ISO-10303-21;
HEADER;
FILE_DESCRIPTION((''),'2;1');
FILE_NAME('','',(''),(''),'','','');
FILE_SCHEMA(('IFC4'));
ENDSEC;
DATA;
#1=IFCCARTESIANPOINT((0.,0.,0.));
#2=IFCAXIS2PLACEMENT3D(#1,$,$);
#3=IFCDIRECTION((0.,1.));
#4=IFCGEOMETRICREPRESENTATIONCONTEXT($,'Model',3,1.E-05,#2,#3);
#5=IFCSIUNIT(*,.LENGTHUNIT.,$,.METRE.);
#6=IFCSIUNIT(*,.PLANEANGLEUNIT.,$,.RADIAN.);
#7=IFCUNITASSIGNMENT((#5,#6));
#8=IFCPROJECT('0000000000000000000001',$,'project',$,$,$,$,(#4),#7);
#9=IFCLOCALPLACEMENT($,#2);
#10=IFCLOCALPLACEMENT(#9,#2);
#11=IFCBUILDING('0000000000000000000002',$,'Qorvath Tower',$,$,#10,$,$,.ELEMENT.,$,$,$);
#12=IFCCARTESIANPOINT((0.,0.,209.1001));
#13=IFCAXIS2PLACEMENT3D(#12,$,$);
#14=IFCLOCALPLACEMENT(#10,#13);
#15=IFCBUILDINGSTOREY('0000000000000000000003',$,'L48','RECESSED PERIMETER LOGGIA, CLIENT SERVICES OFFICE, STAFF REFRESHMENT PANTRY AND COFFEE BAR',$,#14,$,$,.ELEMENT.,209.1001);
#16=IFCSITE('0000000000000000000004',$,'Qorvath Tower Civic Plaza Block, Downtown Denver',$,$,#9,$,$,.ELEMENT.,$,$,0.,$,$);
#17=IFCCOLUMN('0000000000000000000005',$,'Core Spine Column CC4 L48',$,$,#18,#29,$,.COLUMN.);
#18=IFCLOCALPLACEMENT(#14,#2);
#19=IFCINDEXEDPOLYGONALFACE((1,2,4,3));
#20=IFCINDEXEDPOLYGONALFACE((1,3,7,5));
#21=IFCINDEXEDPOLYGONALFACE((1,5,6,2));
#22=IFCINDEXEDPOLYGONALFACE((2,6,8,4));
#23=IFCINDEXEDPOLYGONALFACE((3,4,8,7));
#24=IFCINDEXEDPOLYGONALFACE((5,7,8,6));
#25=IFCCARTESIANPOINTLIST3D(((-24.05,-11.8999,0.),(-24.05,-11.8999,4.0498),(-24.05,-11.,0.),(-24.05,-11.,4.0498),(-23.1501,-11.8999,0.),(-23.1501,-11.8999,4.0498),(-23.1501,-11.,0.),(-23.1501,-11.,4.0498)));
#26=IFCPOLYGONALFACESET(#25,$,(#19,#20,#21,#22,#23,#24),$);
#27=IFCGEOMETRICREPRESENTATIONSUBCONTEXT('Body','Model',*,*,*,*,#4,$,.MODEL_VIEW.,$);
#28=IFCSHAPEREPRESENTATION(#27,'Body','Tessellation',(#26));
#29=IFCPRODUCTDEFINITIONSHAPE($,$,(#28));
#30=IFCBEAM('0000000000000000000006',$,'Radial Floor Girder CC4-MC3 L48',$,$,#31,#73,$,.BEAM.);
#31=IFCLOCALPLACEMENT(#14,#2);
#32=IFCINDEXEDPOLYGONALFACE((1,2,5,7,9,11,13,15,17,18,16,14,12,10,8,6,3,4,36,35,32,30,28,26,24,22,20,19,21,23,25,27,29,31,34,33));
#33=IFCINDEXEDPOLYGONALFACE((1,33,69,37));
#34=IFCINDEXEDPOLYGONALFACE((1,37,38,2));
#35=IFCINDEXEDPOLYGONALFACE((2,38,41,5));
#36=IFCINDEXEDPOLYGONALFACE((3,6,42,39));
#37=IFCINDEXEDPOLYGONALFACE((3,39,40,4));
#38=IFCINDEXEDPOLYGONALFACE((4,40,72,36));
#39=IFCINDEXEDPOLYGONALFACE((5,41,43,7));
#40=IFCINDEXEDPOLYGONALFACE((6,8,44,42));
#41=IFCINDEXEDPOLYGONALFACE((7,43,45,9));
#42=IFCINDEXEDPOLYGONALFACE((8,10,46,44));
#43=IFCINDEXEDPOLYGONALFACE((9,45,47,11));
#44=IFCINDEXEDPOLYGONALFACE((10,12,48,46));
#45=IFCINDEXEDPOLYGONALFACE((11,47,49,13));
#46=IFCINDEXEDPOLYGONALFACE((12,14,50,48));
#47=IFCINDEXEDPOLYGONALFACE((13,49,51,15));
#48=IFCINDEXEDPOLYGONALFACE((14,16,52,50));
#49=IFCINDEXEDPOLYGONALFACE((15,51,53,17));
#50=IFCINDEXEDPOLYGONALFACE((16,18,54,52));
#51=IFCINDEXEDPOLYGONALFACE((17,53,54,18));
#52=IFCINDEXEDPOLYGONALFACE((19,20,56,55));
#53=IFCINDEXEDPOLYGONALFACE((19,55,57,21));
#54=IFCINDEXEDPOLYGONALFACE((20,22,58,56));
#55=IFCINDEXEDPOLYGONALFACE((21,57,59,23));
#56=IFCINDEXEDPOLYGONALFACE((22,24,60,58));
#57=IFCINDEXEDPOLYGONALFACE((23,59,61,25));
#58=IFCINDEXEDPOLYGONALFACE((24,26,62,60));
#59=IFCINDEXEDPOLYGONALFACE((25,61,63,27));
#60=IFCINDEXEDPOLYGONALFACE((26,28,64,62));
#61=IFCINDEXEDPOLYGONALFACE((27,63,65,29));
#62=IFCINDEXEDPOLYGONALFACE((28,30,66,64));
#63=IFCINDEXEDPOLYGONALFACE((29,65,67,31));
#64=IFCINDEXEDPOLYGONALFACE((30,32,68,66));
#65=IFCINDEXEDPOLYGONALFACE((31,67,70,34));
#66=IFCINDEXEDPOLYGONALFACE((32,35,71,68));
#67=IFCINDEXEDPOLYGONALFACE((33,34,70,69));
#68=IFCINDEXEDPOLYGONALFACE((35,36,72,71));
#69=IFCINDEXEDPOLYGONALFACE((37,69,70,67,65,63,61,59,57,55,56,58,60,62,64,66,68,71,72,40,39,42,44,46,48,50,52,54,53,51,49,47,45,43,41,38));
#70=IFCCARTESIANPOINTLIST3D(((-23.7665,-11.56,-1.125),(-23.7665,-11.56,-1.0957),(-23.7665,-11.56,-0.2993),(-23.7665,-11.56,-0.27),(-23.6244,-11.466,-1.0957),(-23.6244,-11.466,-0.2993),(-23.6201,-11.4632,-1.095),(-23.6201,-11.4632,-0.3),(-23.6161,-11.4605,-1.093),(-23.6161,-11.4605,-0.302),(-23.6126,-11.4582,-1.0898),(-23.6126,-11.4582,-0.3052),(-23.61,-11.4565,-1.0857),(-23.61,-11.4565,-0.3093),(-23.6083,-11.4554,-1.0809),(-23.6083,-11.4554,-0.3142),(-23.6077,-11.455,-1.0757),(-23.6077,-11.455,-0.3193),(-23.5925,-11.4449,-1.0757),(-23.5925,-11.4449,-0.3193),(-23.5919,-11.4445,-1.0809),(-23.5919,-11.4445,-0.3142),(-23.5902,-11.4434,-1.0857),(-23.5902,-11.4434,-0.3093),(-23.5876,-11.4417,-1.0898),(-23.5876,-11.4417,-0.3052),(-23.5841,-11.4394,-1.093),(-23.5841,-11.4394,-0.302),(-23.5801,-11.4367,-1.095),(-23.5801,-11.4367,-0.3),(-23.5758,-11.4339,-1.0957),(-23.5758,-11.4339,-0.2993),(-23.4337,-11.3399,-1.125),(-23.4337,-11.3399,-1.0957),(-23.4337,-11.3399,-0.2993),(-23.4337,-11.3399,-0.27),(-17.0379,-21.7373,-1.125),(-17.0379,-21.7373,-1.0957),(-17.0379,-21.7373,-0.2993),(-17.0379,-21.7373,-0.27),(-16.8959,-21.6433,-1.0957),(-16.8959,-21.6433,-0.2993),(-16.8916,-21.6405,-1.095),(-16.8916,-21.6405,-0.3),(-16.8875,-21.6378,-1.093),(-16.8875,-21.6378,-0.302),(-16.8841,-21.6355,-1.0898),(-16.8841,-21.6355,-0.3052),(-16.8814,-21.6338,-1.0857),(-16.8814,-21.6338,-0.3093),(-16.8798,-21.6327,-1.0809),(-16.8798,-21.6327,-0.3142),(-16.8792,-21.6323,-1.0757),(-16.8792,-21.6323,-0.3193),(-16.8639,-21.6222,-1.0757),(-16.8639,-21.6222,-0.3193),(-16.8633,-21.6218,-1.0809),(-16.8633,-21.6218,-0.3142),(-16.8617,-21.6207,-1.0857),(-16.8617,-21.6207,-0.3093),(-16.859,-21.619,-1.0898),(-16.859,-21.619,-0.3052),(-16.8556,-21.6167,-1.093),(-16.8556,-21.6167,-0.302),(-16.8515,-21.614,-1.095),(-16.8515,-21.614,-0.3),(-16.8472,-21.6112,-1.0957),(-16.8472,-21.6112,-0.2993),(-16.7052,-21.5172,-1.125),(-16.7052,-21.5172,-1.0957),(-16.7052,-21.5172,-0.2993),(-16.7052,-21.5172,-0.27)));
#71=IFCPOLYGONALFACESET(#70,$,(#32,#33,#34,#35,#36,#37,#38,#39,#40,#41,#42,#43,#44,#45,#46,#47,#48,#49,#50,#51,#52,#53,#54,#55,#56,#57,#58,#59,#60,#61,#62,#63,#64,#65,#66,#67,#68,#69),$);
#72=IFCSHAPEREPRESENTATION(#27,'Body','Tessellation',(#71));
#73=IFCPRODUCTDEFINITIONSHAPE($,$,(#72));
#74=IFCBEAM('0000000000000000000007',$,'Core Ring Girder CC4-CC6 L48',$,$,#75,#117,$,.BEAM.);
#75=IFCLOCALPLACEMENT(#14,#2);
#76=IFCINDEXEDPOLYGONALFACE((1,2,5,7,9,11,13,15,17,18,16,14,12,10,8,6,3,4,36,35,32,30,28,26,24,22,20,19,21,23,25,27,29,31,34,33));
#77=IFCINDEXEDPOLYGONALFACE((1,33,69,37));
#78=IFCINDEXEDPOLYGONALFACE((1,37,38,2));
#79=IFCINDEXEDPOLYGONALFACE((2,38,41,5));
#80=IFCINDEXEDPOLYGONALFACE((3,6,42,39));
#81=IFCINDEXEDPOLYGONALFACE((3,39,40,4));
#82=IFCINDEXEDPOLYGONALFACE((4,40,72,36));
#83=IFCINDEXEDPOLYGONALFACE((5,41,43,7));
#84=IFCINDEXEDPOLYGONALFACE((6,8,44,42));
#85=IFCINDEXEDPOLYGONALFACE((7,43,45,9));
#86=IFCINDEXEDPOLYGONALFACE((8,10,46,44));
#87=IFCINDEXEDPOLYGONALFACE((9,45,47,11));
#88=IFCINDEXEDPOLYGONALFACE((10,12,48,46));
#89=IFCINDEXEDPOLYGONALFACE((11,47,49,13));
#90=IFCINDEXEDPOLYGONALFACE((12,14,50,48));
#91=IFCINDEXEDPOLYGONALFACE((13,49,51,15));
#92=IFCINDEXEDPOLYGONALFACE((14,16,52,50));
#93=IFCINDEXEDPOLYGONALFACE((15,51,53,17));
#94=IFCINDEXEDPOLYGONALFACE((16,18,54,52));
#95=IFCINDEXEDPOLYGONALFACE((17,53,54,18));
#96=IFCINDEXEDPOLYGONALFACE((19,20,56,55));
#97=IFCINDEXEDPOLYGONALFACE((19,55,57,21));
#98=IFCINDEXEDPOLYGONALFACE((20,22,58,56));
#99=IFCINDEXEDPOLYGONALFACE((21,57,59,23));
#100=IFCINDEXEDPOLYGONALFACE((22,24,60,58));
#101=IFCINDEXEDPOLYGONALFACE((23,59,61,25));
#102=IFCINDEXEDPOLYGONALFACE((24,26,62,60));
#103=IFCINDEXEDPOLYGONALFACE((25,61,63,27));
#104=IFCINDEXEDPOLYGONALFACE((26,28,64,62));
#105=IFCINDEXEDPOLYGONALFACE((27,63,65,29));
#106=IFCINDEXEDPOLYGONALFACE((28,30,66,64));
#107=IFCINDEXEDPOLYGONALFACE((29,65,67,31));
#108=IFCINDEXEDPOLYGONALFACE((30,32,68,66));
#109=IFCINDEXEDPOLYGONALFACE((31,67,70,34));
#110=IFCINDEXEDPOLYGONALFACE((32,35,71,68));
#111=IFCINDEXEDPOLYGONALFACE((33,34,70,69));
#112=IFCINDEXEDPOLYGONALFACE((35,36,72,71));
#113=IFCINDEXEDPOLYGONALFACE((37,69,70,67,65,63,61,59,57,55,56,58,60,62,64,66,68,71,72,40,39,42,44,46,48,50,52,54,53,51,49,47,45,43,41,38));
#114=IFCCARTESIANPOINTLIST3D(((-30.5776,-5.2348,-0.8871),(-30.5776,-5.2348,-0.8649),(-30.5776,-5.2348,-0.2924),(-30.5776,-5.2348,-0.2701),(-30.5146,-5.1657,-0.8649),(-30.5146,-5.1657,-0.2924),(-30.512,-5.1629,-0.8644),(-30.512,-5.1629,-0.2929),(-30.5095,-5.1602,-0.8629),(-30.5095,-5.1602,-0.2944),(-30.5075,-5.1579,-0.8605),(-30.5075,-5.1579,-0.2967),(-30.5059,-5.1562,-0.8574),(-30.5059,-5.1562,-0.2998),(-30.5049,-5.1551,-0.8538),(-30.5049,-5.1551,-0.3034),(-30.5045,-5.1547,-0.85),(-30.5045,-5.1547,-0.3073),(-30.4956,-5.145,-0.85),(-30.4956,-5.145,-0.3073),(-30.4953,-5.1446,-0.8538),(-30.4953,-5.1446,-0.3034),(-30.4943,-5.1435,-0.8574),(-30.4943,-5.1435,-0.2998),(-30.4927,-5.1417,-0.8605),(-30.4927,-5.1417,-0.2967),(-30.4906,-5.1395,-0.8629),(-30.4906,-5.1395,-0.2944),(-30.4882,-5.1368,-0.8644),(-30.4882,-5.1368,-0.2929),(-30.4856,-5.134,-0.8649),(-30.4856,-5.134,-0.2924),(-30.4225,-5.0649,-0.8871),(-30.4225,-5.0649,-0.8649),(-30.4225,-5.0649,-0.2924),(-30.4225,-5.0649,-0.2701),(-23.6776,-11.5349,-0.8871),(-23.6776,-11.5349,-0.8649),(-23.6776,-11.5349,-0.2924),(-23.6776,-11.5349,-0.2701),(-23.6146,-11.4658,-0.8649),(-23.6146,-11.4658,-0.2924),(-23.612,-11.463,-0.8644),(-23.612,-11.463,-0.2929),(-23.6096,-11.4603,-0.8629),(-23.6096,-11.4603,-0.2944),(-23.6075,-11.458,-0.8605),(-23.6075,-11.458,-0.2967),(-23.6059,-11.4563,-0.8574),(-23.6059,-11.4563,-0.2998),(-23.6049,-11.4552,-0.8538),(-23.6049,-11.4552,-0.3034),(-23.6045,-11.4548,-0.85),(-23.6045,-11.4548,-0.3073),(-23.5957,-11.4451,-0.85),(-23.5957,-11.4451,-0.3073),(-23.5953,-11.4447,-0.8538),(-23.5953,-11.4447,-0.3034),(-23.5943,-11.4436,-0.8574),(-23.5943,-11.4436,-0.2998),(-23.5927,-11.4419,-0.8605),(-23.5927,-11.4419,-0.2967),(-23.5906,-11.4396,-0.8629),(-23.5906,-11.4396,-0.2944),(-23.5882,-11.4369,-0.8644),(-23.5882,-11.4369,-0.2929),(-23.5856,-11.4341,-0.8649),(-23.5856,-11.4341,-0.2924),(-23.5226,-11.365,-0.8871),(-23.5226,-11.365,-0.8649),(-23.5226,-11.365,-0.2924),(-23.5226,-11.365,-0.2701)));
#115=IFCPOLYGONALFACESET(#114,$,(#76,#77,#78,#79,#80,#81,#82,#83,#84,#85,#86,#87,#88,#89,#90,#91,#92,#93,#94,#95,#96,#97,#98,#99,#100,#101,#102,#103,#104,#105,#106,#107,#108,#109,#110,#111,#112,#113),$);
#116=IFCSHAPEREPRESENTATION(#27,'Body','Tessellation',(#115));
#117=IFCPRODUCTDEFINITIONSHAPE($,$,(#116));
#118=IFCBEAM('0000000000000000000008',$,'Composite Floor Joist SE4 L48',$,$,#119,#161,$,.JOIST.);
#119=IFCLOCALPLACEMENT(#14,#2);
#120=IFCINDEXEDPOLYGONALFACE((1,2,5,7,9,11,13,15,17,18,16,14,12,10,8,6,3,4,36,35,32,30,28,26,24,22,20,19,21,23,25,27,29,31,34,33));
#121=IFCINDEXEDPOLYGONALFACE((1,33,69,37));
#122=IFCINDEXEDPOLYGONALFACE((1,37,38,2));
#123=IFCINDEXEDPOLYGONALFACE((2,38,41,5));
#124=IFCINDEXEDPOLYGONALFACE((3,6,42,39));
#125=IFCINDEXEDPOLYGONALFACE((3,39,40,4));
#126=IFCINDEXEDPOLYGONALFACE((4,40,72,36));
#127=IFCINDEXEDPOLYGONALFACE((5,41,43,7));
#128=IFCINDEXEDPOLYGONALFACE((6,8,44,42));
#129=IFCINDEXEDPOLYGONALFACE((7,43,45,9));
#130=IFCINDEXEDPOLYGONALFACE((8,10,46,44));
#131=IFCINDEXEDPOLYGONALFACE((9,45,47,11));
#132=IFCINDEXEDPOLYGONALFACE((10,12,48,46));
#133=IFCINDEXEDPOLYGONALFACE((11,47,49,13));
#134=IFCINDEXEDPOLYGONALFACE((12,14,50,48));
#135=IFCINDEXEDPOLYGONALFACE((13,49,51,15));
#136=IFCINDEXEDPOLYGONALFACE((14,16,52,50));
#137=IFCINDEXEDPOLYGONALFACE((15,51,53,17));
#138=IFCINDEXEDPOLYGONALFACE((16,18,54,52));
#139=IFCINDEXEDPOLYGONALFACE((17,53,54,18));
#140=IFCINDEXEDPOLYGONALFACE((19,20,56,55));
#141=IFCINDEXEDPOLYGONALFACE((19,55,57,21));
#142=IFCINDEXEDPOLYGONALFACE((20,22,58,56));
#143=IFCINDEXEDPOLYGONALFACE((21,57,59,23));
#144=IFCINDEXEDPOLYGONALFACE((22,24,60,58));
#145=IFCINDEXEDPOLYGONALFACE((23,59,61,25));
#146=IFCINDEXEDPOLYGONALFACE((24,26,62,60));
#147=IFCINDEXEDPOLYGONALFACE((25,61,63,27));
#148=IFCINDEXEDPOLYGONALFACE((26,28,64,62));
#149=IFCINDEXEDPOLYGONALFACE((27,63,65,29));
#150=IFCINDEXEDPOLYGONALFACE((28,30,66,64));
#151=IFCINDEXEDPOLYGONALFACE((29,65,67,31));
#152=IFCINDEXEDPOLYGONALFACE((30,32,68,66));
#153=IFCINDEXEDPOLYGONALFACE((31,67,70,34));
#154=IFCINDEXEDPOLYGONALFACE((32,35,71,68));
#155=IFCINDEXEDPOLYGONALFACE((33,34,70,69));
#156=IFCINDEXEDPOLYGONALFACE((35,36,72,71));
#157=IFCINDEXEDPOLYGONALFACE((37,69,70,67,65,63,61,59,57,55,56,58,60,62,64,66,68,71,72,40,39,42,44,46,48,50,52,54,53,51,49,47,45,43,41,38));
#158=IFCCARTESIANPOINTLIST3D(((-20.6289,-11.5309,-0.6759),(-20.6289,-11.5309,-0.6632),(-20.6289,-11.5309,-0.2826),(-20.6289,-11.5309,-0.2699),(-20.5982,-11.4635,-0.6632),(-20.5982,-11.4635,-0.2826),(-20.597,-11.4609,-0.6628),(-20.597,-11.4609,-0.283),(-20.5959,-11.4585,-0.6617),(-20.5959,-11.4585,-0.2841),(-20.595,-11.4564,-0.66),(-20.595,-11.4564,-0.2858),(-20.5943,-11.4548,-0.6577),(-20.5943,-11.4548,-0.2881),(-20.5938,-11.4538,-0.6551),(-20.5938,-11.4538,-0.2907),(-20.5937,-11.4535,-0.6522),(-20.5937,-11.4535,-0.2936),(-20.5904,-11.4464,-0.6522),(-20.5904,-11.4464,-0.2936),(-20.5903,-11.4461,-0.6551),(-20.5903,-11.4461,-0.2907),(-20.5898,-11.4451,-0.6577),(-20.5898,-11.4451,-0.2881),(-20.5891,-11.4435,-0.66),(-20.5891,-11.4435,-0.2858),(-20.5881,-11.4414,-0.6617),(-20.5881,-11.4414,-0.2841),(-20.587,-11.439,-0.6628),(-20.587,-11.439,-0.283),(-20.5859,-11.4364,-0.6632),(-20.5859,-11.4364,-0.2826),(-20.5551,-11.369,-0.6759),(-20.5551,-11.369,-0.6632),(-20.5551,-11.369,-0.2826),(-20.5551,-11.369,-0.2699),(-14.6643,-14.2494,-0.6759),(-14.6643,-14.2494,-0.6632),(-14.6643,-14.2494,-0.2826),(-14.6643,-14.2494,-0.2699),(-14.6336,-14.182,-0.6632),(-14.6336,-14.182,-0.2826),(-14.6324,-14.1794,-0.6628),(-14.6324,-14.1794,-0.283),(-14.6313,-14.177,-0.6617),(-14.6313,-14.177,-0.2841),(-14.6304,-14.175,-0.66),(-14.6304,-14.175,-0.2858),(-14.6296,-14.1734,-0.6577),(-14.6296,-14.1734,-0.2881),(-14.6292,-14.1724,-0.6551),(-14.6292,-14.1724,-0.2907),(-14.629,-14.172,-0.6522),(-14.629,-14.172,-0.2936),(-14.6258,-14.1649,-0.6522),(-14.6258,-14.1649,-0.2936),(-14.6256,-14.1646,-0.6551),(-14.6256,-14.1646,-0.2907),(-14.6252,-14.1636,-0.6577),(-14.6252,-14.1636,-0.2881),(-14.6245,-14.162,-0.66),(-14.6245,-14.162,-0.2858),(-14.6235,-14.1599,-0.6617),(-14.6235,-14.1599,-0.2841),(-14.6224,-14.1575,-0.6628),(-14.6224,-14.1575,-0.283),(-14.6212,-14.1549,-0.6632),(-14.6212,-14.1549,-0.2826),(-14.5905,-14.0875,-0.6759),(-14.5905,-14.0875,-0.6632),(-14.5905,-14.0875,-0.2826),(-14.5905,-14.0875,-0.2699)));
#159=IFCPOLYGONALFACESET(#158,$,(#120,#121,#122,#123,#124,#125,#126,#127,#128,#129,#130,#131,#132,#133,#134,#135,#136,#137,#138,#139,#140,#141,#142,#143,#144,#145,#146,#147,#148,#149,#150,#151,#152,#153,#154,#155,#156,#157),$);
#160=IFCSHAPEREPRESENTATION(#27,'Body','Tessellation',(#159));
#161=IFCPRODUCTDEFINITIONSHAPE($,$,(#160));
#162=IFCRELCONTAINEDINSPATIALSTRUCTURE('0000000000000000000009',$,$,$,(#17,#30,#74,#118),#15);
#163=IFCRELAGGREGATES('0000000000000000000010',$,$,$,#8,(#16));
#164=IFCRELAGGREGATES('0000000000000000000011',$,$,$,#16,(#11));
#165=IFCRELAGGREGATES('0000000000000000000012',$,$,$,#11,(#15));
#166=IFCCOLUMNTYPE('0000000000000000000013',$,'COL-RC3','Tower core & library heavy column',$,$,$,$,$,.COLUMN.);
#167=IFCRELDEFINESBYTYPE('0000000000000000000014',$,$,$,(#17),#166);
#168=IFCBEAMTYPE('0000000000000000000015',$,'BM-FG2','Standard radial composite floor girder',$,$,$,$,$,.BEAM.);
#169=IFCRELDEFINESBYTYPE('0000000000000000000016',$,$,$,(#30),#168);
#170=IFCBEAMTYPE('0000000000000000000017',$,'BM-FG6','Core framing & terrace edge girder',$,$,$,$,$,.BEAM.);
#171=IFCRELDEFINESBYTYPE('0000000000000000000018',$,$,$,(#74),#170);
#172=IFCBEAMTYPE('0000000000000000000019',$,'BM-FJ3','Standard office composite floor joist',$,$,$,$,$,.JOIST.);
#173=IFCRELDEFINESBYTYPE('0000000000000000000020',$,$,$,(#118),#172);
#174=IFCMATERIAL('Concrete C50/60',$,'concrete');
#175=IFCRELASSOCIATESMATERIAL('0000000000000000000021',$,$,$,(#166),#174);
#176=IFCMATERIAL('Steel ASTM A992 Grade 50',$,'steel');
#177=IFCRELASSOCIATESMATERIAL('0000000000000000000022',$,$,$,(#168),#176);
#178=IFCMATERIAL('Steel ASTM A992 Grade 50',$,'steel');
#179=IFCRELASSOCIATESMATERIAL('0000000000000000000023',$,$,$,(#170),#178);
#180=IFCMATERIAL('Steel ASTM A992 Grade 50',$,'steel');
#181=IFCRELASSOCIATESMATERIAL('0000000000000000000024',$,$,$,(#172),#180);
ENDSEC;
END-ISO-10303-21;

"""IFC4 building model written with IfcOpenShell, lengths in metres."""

from ifc_helpers import new_model, si_unit, direction, frame, origin, origin_2d, place, context, subcontext, project, spatial, rectangle, i_section, extrude, material, material_profile, profile_set, type_object, element, save


model = new_model("IFC4")

# Units and contexts
model_context = context("Model", 3, precision=1e-05, world=origin(), true_north=direction((0.0, 1.0)))
body_context = subcontext(model_context, "Body", "Model", "MODEL_VIEW")
ifc_project = project(units=[si_unit("LENGTHUNIT", "METRE"), si_unit("PLANEANGLEUNIT", "RADIAN")], contexts=[model_context])

# Site, building, storey
site_placement = place(None, origin())
site = spatial("IfcSite", under=ifc_project, at=site_placement, Name="Qorvath Tower Civic Plaza Block, Downtown Denver", CompositionType="ELEMENT", RefElevation=0.0)
building_placement = place(site_placement, origin())
building = spatial("IfcBuilding", under=site, at=building_placement, Name="Qorvath Tower", CompositionType="ELEMENT")
storey_placement = place(building_placement, frame((0.0, 0.0, 209.1001)))
storey = spatial("IfcBuildingStorey", under=building, at=storey_placement, Name="L48", Description="RECESSED PERIMETER LOGGIA, CLIENT SERVICES OFFICE, STAFF REFRESHMENT PANTRY AND COFFEE BAR", CompositionType="ELEMENT", Elevation=209.1001)

# Column
ifc_material_1 = material(Name="Concrete C50/60", Category="concrete")
ifc_material_profile_1 = material_profile(ifc_material_1, rectangle(XDim=0.8999, YDim=0.8999, at=origin_2d()), Name="RC 900x900")
ifc_profile_set_1 = profile_set([ifc_material_profile_1], Name="Concrete C50/60")
column_type = type_object("IfcColumnType", Name="COL-RC3", Description="Tower core & library heavy column", PredefinedType="COLUMN", material=ifc_profile_set_1)
column_placement = place(storey_placement, frame((-23.6001, -11.45, 0.0), z_axis=(0.0, 0.0, 1.0), x_axis=(1.0, 0.0, 0.0)))
element("IfcColumn", 1, at=column_placement, inside=storey, type_object=column_type, Name="Core Spine Column CC4 L48", PredefinedType="COLUMN", context=body_context, shape_type="SweptSolid", body=[
    extrude(rectangle(XDim=0.8999, YDim=0.8999, at=origin_2d()), origin(), (0.0, 0.0, 1.0), 4.0498),
])

# Beams
ifc_material_2 = material(Name="Steel ASTM A992 Grade 50", Category="steel")
ifc_material_profile_2 = material_profile(ifc_material_2, i_section(OverallWidth=0.3989, OverallDepth=0.855, WebThickness=0.0183, FlangeThickness=0.0293, FilletRadius=0.02, at=origin_2d()), Name="W33x201")
ifc_profile_set_2 = profile_set([ifc_material_profile_2], Name="Steel ASTM A992 Grade 50")
beam_type_1 = type_object("IfcBeamType", Name="BM-FG2", Description="Standard radial composite floor girder", PredefinedType="BEAM", material=ifc_profile_set_2)
beam_1_placement = place(storey_placement, frame((-23.6001, -11.45, -0.6975), z_axis=(0.551501, -0.834175, 0.0), x_axis=(0.834175, 0.551501, 0.0)))
element("IfcBeam", 2, at=beam_1_placement, inside=storey, type_object=beam_type_1, Name="Radial Floor Girder CC4-MC3 L48", PredefinedType="BEAM", context=body_context, shape_type="SweptSolid", body=[
    extrude(i_section(OverallWidth=0.3989, OverallDepth=0.855, WebThickness=0.0183, FlangeThickness=0.0293, FilletRadius=0.02, at=origin_2d()), origin(), (0.0, 0.0, 1.0), 12.2004),
])
ifc_material_3 = material(Name="Steel ASTM A992 Grade 50", Category="steel")
ifc_material_profile_3 = material_profile(ifc_material_3, i_section(OverallWidth=0.23, OverallDepth=0.6169, WebThickness=0.0132, FlangeThickness=0.0222, FilletRadius=0.0149, at=origin_2d()), Name="W24x94")
ifc_profile_set_3 = profile_set([ifc_material_profile_3], Name="Steel ASTM A992 Grade 50")
beam_type_2 = type_object("IfcBeamType", Name="BM-FG6", Description="Core framing & terrace edge girder", PredefinedType="BEAM", material=ifc_profile_set_3)
beam_2_placement = place(storey_placement, frame((-23.6001, -11.45, -0.5786), z_axis=(-0.738478, 0.674277, 0.0), x_axis=(-0.674277, -0.738478, 0.0)))
element("IfcBeam", 3, at=beam_2_placement, inside=storey, type_object=beam_type_2, Name="Core Ring Girder CC4-CC6 L48", PredefinedType="BEAM", context=body_context, shape_type="SweptSolid", body=[
    extrude(i_section(OverallWidth=0.23, OverallDepth=0.6169, WebThickness=0.0132, FlangeThickness=0.0222, FilletRadius=0.0149, at=origin_2d()), origin(), (0.0, 0.0, 1.0), 9.3435),
])
ifc_material_4 = material(Name="Steel ASTM A992 Grade 50", Category="steel")
ifc_material_profile_4 = material_profile(ifc_material_4, i_section(OverallWidth=0.178, OverallDepth=0.406, WebThickness=0.0078, FlangeThickness=0.0127, FilletRadius=0.011, at=origin_2d()), Name="W16x40")
ifc_profile_set_4 = profile_set([ifc_material_profile_4], Name="Steel ASTM A992 Grade 50")
beam_type_3 = type_object("IfcBeamType", Name="BM-FJ3", Description="Standard office composite floor joist", PredefinedType="JOIST", material=ifc_profile_set_4)
beam_3_placement = place(storey_placement, frame((-20.592, -11.45, -0.4729), z_axis=(0.909945, -0.414729, 0.0), x_axis=(0.414729, 0.909945, 0.0)))
element("IfcBeam", 4, at=beam_3_placement, inside=storey, type_object=beam_type_3, Name="Composite Floor Joist SE4 L48", PredefinedType="JOIST", context=body_context, shape_type="SweptSolid", body=[
    extrude(i_section(OverallWidth=0.178, OverallDepth=0.406, WebThickness=0.0078, FlangeThickness=0.0127, FilletRadius=0.011, at=origin_2d()), origin(), (0.0, 0.0, 1.0), 6.5549),
])

save(model, "model.ifc")
